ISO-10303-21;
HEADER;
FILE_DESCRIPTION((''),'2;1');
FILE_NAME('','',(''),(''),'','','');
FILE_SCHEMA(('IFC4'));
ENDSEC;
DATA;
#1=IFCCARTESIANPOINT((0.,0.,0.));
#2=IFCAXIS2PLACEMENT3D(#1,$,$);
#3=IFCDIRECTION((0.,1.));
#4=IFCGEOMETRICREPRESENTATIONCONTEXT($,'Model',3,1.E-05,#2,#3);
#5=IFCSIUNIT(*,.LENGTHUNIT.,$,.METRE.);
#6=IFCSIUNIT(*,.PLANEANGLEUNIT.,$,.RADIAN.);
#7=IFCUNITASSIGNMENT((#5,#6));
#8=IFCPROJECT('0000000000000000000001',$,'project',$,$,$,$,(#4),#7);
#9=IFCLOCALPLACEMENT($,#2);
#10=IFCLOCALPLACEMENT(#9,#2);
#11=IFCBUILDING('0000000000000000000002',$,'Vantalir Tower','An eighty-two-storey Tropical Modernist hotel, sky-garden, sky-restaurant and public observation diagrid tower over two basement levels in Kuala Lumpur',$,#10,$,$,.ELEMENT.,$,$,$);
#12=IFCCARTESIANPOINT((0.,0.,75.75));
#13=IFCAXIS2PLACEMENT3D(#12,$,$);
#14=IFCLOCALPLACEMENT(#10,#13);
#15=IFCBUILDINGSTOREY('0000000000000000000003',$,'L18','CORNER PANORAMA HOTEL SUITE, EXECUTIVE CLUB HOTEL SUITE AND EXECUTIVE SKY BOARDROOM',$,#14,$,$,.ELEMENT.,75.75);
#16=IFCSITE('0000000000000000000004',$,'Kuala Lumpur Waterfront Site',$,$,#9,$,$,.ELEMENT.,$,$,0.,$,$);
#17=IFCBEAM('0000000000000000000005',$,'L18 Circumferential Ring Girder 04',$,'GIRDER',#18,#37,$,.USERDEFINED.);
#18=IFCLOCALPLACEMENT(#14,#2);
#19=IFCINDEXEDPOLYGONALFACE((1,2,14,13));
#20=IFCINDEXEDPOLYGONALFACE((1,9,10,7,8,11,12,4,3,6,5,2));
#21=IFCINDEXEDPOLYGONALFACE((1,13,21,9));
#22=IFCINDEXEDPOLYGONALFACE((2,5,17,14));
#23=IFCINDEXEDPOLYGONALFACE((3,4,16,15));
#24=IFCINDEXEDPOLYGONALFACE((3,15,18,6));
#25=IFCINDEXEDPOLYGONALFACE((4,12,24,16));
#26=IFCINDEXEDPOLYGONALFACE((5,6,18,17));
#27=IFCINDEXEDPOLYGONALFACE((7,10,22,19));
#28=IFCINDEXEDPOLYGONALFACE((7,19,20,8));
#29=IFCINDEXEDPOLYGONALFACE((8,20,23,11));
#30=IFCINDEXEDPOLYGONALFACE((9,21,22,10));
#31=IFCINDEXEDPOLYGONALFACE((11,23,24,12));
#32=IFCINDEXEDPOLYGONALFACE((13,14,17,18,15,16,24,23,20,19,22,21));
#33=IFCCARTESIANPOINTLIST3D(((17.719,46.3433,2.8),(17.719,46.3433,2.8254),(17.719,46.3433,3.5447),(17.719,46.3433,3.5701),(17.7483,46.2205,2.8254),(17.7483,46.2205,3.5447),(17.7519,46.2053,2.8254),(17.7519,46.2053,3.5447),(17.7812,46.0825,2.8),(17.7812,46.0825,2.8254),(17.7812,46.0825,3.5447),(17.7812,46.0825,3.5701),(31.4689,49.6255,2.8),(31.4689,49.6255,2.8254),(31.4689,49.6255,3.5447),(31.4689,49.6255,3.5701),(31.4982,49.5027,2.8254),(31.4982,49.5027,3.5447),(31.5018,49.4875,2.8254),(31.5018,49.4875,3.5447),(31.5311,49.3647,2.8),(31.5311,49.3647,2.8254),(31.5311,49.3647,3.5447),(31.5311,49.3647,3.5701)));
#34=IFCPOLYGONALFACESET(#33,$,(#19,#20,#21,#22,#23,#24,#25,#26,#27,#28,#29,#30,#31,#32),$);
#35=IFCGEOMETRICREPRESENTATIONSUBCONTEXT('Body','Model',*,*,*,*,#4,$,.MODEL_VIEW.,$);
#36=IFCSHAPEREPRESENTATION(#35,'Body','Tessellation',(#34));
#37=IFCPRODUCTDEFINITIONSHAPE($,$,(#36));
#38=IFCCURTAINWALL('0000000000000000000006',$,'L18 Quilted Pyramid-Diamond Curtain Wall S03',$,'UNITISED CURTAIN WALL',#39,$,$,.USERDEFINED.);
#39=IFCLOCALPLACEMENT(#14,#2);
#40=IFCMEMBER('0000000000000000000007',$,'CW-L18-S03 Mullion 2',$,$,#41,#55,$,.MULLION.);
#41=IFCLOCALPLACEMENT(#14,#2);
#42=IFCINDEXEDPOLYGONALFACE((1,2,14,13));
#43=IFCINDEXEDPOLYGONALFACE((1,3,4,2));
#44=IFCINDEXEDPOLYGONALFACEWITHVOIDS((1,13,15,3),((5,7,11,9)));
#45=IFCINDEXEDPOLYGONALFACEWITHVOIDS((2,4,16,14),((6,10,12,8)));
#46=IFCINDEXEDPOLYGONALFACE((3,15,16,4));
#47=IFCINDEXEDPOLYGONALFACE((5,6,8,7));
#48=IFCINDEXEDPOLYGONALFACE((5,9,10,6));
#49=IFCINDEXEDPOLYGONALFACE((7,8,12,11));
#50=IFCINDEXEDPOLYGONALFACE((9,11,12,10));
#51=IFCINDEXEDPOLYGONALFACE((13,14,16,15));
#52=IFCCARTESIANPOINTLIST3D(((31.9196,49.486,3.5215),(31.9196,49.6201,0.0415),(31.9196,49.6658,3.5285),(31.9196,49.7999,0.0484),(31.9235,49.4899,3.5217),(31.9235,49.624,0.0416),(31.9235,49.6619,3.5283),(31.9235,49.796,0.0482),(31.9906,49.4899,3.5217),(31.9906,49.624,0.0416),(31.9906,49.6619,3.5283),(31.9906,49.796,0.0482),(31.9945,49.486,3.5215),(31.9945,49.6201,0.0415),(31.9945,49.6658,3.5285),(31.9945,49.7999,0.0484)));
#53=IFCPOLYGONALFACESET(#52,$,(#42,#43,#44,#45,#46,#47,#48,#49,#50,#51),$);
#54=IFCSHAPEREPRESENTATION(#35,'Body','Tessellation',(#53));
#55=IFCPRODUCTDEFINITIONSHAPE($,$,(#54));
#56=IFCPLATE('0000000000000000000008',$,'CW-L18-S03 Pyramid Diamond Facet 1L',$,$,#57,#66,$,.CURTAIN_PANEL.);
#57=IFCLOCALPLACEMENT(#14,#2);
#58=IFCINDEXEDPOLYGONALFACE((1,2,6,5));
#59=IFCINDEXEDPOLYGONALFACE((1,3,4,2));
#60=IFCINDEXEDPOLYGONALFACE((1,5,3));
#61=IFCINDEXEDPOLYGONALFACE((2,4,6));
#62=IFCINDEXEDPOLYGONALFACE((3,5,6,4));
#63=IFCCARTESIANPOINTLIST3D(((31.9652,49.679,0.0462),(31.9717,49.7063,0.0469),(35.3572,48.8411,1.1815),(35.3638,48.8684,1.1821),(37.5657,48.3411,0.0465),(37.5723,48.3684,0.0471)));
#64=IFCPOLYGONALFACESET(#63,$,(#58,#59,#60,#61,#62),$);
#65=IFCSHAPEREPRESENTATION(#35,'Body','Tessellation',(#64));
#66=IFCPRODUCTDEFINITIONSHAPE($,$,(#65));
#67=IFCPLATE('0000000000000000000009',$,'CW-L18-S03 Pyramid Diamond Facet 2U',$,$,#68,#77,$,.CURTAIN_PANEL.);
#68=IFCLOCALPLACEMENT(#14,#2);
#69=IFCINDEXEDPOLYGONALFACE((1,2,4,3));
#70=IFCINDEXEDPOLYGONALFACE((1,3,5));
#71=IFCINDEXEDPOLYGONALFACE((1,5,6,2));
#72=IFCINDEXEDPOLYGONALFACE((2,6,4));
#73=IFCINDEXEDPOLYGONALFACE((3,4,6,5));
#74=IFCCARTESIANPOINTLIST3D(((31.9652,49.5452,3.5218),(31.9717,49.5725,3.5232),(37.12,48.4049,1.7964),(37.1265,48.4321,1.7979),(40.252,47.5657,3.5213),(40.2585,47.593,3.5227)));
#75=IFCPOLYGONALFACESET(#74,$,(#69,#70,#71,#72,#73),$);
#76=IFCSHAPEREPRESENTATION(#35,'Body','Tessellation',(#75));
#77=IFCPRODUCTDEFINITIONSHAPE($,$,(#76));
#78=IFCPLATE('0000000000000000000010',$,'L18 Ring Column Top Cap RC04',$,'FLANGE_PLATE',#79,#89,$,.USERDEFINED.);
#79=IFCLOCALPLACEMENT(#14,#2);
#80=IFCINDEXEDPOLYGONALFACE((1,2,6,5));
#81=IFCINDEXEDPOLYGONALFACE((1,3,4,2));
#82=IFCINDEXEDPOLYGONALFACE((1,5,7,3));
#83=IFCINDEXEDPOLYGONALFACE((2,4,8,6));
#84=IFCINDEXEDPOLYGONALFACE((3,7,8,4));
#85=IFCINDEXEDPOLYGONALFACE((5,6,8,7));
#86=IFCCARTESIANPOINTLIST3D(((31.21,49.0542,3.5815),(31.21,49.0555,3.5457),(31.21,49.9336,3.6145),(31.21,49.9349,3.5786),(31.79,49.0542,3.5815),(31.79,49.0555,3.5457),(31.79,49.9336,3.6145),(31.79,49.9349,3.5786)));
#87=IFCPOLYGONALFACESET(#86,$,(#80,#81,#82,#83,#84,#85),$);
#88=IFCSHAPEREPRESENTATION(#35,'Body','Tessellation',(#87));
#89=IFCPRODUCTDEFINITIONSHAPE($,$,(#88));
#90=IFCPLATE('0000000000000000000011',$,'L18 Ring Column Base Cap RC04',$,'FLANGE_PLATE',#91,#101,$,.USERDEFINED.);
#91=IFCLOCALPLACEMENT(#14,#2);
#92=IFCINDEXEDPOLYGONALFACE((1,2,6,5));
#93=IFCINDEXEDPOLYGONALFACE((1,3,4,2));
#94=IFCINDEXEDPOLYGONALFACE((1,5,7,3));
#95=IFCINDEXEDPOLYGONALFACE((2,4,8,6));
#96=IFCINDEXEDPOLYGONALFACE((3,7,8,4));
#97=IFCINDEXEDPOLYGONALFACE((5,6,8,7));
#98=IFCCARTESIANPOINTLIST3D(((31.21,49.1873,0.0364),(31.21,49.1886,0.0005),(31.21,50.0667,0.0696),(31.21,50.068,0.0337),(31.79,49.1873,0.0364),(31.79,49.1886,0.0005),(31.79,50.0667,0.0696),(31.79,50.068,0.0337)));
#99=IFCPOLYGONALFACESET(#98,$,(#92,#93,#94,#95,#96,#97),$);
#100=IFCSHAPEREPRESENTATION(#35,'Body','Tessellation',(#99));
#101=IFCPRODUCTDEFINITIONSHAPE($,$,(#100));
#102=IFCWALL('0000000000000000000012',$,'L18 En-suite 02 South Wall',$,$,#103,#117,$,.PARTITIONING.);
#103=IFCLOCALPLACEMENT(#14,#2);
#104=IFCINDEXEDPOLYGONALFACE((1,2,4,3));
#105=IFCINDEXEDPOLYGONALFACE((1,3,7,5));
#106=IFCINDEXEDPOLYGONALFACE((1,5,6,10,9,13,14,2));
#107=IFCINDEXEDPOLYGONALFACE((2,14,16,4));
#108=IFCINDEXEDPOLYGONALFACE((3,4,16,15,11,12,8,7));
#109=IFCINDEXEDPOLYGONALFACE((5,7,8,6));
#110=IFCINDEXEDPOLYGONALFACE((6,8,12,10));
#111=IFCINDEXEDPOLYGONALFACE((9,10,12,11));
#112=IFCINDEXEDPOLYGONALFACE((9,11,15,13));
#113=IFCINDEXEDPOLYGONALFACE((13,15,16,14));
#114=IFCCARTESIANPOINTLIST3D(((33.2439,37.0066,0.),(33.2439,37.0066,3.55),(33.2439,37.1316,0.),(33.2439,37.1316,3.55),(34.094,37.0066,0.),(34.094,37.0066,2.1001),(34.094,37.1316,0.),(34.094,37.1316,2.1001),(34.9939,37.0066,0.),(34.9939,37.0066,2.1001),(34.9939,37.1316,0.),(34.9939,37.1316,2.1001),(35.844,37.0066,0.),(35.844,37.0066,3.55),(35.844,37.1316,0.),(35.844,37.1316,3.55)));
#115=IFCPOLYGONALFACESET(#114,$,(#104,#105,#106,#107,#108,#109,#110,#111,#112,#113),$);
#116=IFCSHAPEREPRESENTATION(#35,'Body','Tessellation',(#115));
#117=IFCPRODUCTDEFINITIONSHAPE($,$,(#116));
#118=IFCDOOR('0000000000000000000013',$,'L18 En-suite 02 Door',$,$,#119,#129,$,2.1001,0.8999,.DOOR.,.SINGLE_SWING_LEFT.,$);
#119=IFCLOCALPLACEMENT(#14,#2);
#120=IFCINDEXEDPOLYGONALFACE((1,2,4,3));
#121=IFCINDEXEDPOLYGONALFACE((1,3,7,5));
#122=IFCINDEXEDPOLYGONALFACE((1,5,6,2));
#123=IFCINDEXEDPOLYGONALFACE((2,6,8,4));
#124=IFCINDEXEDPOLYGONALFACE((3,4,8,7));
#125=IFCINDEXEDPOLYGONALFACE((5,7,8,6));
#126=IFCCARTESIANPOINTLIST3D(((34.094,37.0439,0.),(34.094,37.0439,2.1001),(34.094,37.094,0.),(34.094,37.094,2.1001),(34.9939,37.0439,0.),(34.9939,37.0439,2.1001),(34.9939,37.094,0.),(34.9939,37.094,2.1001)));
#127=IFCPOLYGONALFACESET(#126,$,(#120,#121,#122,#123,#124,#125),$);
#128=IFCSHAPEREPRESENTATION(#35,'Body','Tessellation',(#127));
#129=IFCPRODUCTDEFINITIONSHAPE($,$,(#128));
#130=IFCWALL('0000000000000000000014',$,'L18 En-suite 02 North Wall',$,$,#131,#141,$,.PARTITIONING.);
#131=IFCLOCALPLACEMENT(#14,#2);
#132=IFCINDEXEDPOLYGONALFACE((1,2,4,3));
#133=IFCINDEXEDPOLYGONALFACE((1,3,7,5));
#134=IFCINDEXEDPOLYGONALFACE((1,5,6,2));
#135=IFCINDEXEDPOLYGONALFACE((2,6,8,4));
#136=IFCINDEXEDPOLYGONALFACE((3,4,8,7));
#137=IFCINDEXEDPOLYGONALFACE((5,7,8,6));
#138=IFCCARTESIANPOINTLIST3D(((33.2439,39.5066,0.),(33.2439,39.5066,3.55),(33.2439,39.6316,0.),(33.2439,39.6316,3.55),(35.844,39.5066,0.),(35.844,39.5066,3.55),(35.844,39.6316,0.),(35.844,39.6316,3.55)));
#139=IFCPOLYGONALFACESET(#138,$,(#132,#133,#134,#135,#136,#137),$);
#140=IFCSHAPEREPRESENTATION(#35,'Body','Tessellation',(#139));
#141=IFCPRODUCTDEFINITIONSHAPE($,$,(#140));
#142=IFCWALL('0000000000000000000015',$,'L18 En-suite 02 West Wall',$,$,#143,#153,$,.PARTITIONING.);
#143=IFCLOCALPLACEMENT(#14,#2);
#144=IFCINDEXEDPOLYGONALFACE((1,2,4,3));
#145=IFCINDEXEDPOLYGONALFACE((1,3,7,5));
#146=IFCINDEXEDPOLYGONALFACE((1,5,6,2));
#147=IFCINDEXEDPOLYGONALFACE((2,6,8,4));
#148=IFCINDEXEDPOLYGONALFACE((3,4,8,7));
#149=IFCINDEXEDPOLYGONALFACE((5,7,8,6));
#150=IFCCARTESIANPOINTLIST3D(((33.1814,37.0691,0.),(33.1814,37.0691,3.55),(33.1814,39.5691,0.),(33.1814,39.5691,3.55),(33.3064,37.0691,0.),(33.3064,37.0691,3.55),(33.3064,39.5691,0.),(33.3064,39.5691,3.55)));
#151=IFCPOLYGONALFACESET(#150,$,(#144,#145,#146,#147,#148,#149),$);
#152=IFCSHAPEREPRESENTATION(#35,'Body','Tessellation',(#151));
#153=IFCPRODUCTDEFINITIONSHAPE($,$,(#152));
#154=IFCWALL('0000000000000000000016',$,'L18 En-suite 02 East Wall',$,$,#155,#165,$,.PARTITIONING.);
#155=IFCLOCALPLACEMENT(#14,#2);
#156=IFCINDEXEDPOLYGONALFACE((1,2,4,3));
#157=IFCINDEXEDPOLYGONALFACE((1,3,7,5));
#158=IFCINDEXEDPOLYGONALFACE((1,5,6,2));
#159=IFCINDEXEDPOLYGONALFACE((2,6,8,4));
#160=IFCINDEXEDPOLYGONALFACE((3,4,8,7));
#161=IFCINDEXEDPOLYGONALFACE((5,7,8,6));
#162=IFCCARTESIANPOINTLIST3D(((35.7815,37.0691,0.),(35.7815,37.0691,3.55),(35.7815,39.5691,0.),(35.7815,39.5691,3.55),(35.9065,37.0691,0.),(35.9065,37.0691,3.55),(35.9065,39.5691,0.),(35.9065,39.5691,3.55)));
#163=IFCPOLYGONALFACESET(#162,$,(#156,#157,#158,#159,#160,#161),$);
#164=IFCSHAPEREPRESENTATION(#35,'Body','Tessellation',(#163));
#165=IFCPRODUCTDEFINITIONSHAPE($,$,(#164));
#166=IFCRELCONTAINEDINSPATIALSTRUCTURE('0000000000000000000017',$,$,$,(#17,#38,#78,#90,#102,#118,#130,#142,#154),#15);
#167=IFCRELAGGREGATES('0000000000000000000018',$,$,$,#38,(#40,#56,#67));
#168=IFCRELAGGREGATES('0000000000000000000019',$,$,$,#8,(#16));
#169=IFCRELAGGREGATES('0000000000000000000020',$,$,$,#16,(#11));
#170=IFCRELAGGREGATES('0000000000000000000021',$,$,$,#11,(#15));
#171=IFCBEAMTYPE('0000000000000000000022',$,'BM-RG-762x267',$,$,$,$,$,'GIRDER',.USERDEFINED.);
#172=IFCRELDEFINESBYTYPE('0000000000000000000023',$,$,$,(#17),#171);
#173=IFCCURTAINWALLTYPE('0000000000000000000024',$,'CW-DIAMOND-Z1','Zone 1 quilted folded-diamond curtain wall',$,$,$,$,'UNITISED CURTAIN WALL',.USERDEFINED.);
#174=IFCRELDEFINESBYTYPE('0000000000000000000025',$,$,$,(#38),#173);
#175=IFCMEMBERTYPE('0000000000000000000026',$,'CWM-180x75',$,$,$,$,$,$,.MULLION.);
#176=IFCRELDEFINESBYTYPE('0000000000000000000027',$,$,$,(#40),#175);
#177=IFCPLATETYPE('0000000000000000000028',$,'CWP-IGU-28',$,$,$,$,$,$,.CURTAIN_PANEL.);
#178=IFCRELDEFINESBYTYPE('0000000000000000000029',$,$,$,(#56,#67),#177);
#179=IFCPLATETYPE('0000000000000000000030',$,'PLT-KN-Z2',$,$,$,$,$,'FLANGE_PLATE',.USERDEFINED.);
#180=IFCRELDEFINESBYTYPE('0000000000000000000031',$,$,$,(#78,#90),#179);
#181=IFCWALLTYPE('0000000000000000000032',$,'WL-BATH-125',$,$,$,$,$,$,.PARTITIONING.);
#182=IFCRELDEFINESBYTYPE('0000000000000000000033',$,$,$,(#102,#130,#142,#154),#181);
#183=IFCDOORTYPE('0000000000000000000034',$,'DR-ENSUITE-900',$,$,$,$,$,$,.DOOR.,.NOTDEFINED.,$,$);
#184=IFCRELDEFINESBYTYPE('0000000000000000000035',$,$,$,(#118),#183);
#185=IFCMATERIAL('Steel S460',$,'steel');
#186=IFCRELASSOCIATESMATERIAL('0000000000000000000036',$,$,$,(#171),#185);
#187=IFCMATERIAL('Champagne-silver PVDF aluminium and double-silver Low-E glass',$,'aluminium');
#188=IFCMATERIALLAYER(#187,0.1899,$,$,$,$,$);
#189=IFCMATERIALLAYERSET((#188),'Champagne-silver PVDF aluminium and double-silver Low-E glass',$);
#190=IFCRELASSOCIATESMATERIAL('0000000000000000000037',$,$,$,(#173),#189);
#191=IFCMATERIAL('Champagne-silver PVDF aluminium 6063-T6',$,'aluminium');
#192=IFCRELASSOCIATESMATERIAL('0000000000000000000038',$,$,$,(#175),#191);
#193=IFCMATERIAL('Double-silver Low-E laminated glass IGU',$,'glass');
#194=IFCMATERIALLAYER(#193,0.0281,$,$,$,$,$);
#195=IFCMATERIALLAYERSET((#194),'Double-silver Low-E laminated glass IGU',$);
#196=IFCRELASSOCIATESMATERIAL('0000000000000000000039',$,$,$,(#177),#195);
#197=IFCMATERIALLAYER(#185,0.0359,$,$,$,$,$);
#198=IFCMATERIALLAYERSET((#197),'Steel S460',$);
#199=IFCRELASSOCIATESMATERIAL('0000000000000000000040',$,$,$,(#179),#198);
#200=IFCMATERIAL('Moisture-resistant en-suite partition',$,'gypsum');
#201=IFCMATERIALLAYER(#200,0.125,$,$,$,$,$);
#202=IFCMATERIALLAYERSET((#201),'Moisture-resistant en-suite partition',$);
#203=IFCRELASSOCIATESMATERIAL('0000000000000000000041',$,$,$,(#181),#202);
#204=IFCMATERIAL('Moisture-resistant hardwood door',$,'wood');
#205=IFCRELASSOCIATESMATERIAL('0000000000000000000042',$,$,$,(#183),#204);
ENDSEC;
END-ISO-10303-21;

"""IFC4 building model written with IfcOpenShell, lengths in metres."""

from ifc_helpers import new_model, si_unit, direction, frame, frame_2d, origin, origin_2d, place, context, subcontext, project, spatial, polyline, rectangle, hollow_rectangle, i_section, outline, extrude, material, layer, layer_set, material_profile, profile_set, type_object, element, fill, aggregate, save


model = new_model("IFC4")

# Units and contexts
model_context = context("Model", 3, precision=1e-05, world=origin(), true_north=direction((0.0, 1.0)))
body_context = subcontext(model_context, "Body", "Model", "MODEL_VIEW")
ifc_project = project(units=[si_unit("LENGTHUNIT", "METRE"), si_unit("PLANEANGLEUNIT", "RADIAN")], contexts=[model_context])

# Site, building, storey
site_placement = place(None, origin())
site = spatial("IfcSite", under=ifc_project, at=site_placement, Name="Kuala Lumpur Waterfront Site", CompositionType="ELEMENT", RefElevation=0.0)
building_placement = place(site_placement, origin())
building = spatial("IfcBuilding", under=site, at=building_placement, Name="Vantalir Tower", Description="An eighty-two-storey Tropical Modernist hotel, sky-garden, sky-restaurant and public observation diagrid tower over two basement levels in Kuala Lumpur", CompositionType="ELEMENT")
storey_placement = place(building_placement, frame((0.0, 0.0, 75.75)))
storey = spatial("IfcBuildingStorey", under=building, at=storey_placement, Name="L18", Description="CORNER PANORAMA HOTEL SUITE, EXECUTIVE CLUB HOTEL SUITE AND EXECUTIVE SKY BOARDROOM", CompositionType="ELEMENT", Elevation=75.75)

# Shared definitions
ifc_material_1 = material(Name="Steel S460", Category="steel")

# Beam
ifc_material_profile_1 = material_profile(ifc_material_1, i_section(OverallWidth=0.2681, OverallDepth=0.77, WebThickness=0.0156, FlangeThickness=0.0254, at=origin_2d()), Name="Steel S460")
ifc_profile_set_1 = profile_set([ifc_material_profile_1], Name="Steel S460")
beam_type_1 = type_object("IfcBeamType", Name="BM-RG-762x267", ElementType="GIRDER", PredefinedType="USERDEFINED", material=ifc_profile_set_1)
beam_1_placement = place(storey_placement, frame((31.5, 49.4951, 3.1851), z_axis=(-0.972672, -0.232184, 0.0), x_axis=(0.232184, -0.972672, 0.0)))
element("IfcBeam", 1, at=beam_1_placement, inside=storey, type_object=beam_type_1, Name="L18 Circumferential Ring Girder 04", ObjectType="GIRDER", PredefinedType="USERDEFINED", context=body_context, shape_type="SweptSolid", body=[
    extrude(i_section(OverallWidth=0.2681, OverallDepth=0.77, WebThickness=0.0156, FlangeThickness=0.0254, at=origin_2d()), origin(), (0.0, 0.0, 1.0), 14.1362),
])

# Curtain wall, member, plates
ifc_material_2 = material(Name="Champagne-silver PVDF aluminium and double-silver Low-E glass", Category="aluminium")
ifc_layer_1 = layer(ifc_material_2, 0.1899)
ifc_layer_set_1 = layer_set([ifc_layer_1], Name="Champagne-silver PVDF aluminium and double-silver Low-E glass")
curtain_wall_type = type_object("IfcCurtainWallType", Name="CW-DIAMOND-Z1", Description="Zone 1 quilted folded-diamond curtain wall", ElementType="UNITISED CURTAIN WALL", PredefinedType="USERDEFINED", material=ifc_layer_set_1)
curtain_wall_placement = place(storey_placement, origin())
curtain_wall = element("IfcCurtainWall", 2, at=curtain_wall_placement, inside=storey, type_object=curtain_wall_type, Name="L18 Quilted Pyramid-Diamond Curtain Wall S03", ObjectType="UNITISED CURTAIN WALL", PredefinedType="USERDEFINED")
ifc_material_3 = material(Name="Champagne-silver PVDF aluminium 6063-T6", Category="aluminium")
ifc_material_profile_2 = material_profile(ifc_material_3, hollow_rectangle(XDim=0.075, YDim=0.1799, WallThickness=0.0039, at=origin_2d()), Name="Champagne-silver PVDF aluminium 6063-T6")
ifc_profile_set_2 = profile_set([ifc_material_profile_2], Name="Champagne-silver PVDF aluminium 6063-T6")
member_type = type_object("IfcMemberType", Name="CWM-180x75", PredefinedType="MULLION", material=ifc_profile_set_2)
member_placement = place(storey_placement, frame((31.957, 49.71, 0.0449), z_axis=(0.0, -0.038487, 0.999259), x_axis=(1.0, 0.0, 0.0)))
member = element("IfcMember", 3, at=member_placement, type_object=member_type, Name="CW-L18-S03 Mullion 2", PredefinedType="MULLION", context=body_context, shape_type="SweptSolid", body=[
    extrude(hollow_rectangle(XDim=0.075, YDim=0.1799, WallThickness=0.0039, at=origin_2d()), origin(), (0.0, 0.0, 1.0), 3.4827),
])
ifc_material_4 = material(Name="Double-silver Low-E laminated glass IGU", Category="glass")
ifc_layer_2 = layer(ifc_material_4, 0.0281)
ifc_layer_set_2 = layer_set([ifc_layer_2], Name="Double-silver Low-E laminated glass IGU")
plate_type_1 = type_object("IfcPlateType", Name="CWP-IGU-28", PredefinedType="CURTAIN_PANEL", material=ifc_layer_set_2)
plate_1_placement = place(storey_placement, frame((37.5723, 48.3684, 0.0471), z_axis=(0.232281, 0.972362, 0.023621), x_axis=(-0.972633, 0.232347, -0.000042)))
plate_1 = element("IfcPlate", 4, at=plate_1_placement, type_object=plate_type_1, Name="CW-L18-S03 Pyramid Diamond Facet 1L", PredefinedType="CURTAIN_PANEL", context=body_context, shape_type="SweptSolid", body=[
    extrude(outline(polyline([(0.0, 0.0), (5.7582, 0.0), (2.2642, 1.1354), (0.0, 0.0)])), origin(), (0.0, 0.0, -1.0), 0.0281),
])
plate_2_placement = place(storey_placement, frame((31.9717, 49.5725, 3.5232), z_axis=(0.232033, 0.971359, 0.051212), x_axis=(0.972636, -0.232335, -0.000057)))
plate_2 = element("IfcPlate", 5, at=plate_2_placement, type_object=plate_type_1, Name="CW-L18-S03 Pyramid Diamond Facet 2U", PredefinedType="CURTAIN_PANEL", context=body_context, shape_type="SweptSolid", body=[
    extrude(outline(polyline([(0.0, 0.0), (8.52, 0.0), (5.2788, 1.7273), (0.0, 0.0)])), origin(), (0.0, 0.0, -1.0), 0.0281),
])
aggregate(curtain_wall, [member, plate_1, plate_2])

# Plates
ifc_layer_3 = layer(ifc_material_1, 0.0359)
ifc_layer_set_3 = layer_set([ifc_layer_3], Name="Steel S460")
plate_type_2 = type_object("IfcPlateType", Name="PLT-KN-Z2", ElementType="FLANGE_PLATE", PredefinedType="USERDEFINED", material=ifc_layer_set_3)
plate_3_placement = place(storey_placement, frame((31.21, 49.9336, 3.6145), z_axis=(0.0, -0.037453, 0.999298), x_axis=(0.0, -0.999298, -0.037453)))
element("IfcPlate", 6, at=plate_3_placement, inside=storey, type_object=plate_type_2, Name="L18 Ring Column Top Cap RC04", ObjectType="FLANGE_PLATE", PredefinedType="USERDEFINED", context=body_context, shape_type="SweptSolid", body=[
    extrude(outline(polyline([(0.0, 0.0), (0.88, 0.0), (0.88, 0.5801), (0.0, 0.5801), (0.0, 0.0)])), origin(), (0.0, 0.0, -1.0), 0.0359),
])
plate_4_placement = place(storey_placement, frame((31.21, 50.0667, 0.0696), z_axis=(0.0, -0.03773, 0.999288), x_axis=(0.0, -0.999288, -0.03773)))
element("IfcPlate", 7, at=plate_4_placement, inside=storey, type_object=plate_type_2, Name="L18 Ring Column Base Cap RC04", ObjectType="FLANGE_PLATE", PredefinedType="USERDEFINED", context=body_context, shape_type="SweptSolid", body=[
    extrude(outline(polyline([(0.0, 0.0), (0.88, 0.0), (0.88, 0.5801), (0.0, 0.5801), (0.0, 0.0)])), origin(), (0.0, 0.0, -1.0), 0.0359),
])

# Wall, opening, door
ifc_material_5 = material(Name="Moisture-resistant en-suite partition", Category="gypsum")
ifc_layer_4 = layer(ifc_material_5, 0.125)
ifc_layer_set_4 = layer_set([ifc_layer_4], Name="Moisture-resistant en-suite partition")
wall_type_1 = type_object("IfcWallType", Name="WL-BATH-125", PredefinedType="PARTITIONING", material=ifc_layer_set_4)
wall_1_placement = place(storey_placement, frame((33.2439, 37.0691, 0.0), z_axis=(0.0, 0.0, 1.0), x_axis=(1.0, 0.0, 0.0)))
wall_1 = element("IfcWall", 8, at=wall_1_placement, inside=storey, type_object=wall_type_1, Name="L18 En-suite 02 South Wall", PredefinedType="PARTITIONING", context=body_context, shape_type="SweptSolid", body=[
    extrude(rectangle(XDim=2.6001, YDim=0.125, at=frame_2d((1.3, 0.0))), origin(), (0.0, 0.0, 1.0), 3.55),
])
opening_1_placement = place(wall_1_placement, frame((0.8501, 0.0, 0.0)))
opening_1 = element("IfcOpeningElement", 9, at=opening_1_placement, cuts=wall_1, PredefinedType="OPENING", context=body_context, shape_type="SweptSolid", body=[
    extrude(rectangle(XDim=0.8999, YDim=2.1001, at=frame_2d((0.45, 1.05))), frame((0.0, 0.0725, 0.0), z_axis=(0.0, -1.0, 0.0), x_axis=(1.0, 0.0, 0.0)), (0.0, 0.0, 1.0), 0.145),
])
ifc_material_6 = material(Name="Moisture-resistant hardwood door", Category="wood")
door_type_1 = type_object("IfcDoorType", Name="DR-ENSUITE-900", OperationType="NOTDEFINED", PredefinedType="DOOR", material=ifc_material_6)
door_1_placement = place(opening_1_placement, origin())
door_1 = element("IfcDoor", 10, at=door_1_placement, inside=storey, type_object=door_type_1, Name="L18 En-suite 02 Door", OperationType="SINGLE_SWING_LEFT", OverallHeight=2.1001, OverallWidth=0.8999, PredefinedType="DOOR", context=body_context, shape_type="SweptSolid", body=[
    extrude(rectangle(XDim=0.8999, YDim=2.1001, at=frame_2d((0.45, 1.05))), frame((0.0, 0.0249, 0.0), z_axis=(0.0, -1.0, 0.0), x_axis=(1.0, 0.0, 0.0)), (0.0, 0.0, 1.0), 0.05),
])
fill(opening_1, door_1)

# Walls
wall_2_placement = place(storey_placement, frame((33.2439, 39.5691, 0.0), z_axis=(0.0, 0.0, 1.0), x_axis=(1.0, 0.0, 0.0)))
element("IfcWall", 11, at=wall_2_placement, inside=storey, type_object=wall_type_1, Name="L18 En-suite 02 North Wall", PredefinedType="PARTITIONING", context=body_context, shape_type="SweptSolid", body=[
    extrude(rectangle(XDim=2.6001, YDim=0.125, at=frame_2d((1.3, 0.0))), origin(), (0.0, 0.0, 1.0), 3.55),
])
for number, where, z_axis, x_axis, name in (
    (12, (33.2439, 37.0691, 0.0), (0.0, 0.0, 1.0), (0.0, 1.0, 0.0), "L18 En-suite 02 West Wall"),
    (13, (35.844, 37.0691, 0.0), (0.0, 0.0, 1.0), (0.0, 1.0, 0.0), "L18 En-suite 02 East Wall"),
):
    element("IfcWall", number, at=place(storey_placement, frame(where, z_axis=z_axis, x_axis=x_axis)), inside=storey, type_object=wall_type_1, Name=name, PredefinedType="PARTITIONING", context=body_context, shape_type="SweptSolid", body=[
        extrude(rectangle(XDim=2.5, YDim=0.125, at=frame_2d((1.25, 0.0))), origin(), (0.0, 0.0, 1.0), 3.55),
    ])

save(model, "model.ifc")
